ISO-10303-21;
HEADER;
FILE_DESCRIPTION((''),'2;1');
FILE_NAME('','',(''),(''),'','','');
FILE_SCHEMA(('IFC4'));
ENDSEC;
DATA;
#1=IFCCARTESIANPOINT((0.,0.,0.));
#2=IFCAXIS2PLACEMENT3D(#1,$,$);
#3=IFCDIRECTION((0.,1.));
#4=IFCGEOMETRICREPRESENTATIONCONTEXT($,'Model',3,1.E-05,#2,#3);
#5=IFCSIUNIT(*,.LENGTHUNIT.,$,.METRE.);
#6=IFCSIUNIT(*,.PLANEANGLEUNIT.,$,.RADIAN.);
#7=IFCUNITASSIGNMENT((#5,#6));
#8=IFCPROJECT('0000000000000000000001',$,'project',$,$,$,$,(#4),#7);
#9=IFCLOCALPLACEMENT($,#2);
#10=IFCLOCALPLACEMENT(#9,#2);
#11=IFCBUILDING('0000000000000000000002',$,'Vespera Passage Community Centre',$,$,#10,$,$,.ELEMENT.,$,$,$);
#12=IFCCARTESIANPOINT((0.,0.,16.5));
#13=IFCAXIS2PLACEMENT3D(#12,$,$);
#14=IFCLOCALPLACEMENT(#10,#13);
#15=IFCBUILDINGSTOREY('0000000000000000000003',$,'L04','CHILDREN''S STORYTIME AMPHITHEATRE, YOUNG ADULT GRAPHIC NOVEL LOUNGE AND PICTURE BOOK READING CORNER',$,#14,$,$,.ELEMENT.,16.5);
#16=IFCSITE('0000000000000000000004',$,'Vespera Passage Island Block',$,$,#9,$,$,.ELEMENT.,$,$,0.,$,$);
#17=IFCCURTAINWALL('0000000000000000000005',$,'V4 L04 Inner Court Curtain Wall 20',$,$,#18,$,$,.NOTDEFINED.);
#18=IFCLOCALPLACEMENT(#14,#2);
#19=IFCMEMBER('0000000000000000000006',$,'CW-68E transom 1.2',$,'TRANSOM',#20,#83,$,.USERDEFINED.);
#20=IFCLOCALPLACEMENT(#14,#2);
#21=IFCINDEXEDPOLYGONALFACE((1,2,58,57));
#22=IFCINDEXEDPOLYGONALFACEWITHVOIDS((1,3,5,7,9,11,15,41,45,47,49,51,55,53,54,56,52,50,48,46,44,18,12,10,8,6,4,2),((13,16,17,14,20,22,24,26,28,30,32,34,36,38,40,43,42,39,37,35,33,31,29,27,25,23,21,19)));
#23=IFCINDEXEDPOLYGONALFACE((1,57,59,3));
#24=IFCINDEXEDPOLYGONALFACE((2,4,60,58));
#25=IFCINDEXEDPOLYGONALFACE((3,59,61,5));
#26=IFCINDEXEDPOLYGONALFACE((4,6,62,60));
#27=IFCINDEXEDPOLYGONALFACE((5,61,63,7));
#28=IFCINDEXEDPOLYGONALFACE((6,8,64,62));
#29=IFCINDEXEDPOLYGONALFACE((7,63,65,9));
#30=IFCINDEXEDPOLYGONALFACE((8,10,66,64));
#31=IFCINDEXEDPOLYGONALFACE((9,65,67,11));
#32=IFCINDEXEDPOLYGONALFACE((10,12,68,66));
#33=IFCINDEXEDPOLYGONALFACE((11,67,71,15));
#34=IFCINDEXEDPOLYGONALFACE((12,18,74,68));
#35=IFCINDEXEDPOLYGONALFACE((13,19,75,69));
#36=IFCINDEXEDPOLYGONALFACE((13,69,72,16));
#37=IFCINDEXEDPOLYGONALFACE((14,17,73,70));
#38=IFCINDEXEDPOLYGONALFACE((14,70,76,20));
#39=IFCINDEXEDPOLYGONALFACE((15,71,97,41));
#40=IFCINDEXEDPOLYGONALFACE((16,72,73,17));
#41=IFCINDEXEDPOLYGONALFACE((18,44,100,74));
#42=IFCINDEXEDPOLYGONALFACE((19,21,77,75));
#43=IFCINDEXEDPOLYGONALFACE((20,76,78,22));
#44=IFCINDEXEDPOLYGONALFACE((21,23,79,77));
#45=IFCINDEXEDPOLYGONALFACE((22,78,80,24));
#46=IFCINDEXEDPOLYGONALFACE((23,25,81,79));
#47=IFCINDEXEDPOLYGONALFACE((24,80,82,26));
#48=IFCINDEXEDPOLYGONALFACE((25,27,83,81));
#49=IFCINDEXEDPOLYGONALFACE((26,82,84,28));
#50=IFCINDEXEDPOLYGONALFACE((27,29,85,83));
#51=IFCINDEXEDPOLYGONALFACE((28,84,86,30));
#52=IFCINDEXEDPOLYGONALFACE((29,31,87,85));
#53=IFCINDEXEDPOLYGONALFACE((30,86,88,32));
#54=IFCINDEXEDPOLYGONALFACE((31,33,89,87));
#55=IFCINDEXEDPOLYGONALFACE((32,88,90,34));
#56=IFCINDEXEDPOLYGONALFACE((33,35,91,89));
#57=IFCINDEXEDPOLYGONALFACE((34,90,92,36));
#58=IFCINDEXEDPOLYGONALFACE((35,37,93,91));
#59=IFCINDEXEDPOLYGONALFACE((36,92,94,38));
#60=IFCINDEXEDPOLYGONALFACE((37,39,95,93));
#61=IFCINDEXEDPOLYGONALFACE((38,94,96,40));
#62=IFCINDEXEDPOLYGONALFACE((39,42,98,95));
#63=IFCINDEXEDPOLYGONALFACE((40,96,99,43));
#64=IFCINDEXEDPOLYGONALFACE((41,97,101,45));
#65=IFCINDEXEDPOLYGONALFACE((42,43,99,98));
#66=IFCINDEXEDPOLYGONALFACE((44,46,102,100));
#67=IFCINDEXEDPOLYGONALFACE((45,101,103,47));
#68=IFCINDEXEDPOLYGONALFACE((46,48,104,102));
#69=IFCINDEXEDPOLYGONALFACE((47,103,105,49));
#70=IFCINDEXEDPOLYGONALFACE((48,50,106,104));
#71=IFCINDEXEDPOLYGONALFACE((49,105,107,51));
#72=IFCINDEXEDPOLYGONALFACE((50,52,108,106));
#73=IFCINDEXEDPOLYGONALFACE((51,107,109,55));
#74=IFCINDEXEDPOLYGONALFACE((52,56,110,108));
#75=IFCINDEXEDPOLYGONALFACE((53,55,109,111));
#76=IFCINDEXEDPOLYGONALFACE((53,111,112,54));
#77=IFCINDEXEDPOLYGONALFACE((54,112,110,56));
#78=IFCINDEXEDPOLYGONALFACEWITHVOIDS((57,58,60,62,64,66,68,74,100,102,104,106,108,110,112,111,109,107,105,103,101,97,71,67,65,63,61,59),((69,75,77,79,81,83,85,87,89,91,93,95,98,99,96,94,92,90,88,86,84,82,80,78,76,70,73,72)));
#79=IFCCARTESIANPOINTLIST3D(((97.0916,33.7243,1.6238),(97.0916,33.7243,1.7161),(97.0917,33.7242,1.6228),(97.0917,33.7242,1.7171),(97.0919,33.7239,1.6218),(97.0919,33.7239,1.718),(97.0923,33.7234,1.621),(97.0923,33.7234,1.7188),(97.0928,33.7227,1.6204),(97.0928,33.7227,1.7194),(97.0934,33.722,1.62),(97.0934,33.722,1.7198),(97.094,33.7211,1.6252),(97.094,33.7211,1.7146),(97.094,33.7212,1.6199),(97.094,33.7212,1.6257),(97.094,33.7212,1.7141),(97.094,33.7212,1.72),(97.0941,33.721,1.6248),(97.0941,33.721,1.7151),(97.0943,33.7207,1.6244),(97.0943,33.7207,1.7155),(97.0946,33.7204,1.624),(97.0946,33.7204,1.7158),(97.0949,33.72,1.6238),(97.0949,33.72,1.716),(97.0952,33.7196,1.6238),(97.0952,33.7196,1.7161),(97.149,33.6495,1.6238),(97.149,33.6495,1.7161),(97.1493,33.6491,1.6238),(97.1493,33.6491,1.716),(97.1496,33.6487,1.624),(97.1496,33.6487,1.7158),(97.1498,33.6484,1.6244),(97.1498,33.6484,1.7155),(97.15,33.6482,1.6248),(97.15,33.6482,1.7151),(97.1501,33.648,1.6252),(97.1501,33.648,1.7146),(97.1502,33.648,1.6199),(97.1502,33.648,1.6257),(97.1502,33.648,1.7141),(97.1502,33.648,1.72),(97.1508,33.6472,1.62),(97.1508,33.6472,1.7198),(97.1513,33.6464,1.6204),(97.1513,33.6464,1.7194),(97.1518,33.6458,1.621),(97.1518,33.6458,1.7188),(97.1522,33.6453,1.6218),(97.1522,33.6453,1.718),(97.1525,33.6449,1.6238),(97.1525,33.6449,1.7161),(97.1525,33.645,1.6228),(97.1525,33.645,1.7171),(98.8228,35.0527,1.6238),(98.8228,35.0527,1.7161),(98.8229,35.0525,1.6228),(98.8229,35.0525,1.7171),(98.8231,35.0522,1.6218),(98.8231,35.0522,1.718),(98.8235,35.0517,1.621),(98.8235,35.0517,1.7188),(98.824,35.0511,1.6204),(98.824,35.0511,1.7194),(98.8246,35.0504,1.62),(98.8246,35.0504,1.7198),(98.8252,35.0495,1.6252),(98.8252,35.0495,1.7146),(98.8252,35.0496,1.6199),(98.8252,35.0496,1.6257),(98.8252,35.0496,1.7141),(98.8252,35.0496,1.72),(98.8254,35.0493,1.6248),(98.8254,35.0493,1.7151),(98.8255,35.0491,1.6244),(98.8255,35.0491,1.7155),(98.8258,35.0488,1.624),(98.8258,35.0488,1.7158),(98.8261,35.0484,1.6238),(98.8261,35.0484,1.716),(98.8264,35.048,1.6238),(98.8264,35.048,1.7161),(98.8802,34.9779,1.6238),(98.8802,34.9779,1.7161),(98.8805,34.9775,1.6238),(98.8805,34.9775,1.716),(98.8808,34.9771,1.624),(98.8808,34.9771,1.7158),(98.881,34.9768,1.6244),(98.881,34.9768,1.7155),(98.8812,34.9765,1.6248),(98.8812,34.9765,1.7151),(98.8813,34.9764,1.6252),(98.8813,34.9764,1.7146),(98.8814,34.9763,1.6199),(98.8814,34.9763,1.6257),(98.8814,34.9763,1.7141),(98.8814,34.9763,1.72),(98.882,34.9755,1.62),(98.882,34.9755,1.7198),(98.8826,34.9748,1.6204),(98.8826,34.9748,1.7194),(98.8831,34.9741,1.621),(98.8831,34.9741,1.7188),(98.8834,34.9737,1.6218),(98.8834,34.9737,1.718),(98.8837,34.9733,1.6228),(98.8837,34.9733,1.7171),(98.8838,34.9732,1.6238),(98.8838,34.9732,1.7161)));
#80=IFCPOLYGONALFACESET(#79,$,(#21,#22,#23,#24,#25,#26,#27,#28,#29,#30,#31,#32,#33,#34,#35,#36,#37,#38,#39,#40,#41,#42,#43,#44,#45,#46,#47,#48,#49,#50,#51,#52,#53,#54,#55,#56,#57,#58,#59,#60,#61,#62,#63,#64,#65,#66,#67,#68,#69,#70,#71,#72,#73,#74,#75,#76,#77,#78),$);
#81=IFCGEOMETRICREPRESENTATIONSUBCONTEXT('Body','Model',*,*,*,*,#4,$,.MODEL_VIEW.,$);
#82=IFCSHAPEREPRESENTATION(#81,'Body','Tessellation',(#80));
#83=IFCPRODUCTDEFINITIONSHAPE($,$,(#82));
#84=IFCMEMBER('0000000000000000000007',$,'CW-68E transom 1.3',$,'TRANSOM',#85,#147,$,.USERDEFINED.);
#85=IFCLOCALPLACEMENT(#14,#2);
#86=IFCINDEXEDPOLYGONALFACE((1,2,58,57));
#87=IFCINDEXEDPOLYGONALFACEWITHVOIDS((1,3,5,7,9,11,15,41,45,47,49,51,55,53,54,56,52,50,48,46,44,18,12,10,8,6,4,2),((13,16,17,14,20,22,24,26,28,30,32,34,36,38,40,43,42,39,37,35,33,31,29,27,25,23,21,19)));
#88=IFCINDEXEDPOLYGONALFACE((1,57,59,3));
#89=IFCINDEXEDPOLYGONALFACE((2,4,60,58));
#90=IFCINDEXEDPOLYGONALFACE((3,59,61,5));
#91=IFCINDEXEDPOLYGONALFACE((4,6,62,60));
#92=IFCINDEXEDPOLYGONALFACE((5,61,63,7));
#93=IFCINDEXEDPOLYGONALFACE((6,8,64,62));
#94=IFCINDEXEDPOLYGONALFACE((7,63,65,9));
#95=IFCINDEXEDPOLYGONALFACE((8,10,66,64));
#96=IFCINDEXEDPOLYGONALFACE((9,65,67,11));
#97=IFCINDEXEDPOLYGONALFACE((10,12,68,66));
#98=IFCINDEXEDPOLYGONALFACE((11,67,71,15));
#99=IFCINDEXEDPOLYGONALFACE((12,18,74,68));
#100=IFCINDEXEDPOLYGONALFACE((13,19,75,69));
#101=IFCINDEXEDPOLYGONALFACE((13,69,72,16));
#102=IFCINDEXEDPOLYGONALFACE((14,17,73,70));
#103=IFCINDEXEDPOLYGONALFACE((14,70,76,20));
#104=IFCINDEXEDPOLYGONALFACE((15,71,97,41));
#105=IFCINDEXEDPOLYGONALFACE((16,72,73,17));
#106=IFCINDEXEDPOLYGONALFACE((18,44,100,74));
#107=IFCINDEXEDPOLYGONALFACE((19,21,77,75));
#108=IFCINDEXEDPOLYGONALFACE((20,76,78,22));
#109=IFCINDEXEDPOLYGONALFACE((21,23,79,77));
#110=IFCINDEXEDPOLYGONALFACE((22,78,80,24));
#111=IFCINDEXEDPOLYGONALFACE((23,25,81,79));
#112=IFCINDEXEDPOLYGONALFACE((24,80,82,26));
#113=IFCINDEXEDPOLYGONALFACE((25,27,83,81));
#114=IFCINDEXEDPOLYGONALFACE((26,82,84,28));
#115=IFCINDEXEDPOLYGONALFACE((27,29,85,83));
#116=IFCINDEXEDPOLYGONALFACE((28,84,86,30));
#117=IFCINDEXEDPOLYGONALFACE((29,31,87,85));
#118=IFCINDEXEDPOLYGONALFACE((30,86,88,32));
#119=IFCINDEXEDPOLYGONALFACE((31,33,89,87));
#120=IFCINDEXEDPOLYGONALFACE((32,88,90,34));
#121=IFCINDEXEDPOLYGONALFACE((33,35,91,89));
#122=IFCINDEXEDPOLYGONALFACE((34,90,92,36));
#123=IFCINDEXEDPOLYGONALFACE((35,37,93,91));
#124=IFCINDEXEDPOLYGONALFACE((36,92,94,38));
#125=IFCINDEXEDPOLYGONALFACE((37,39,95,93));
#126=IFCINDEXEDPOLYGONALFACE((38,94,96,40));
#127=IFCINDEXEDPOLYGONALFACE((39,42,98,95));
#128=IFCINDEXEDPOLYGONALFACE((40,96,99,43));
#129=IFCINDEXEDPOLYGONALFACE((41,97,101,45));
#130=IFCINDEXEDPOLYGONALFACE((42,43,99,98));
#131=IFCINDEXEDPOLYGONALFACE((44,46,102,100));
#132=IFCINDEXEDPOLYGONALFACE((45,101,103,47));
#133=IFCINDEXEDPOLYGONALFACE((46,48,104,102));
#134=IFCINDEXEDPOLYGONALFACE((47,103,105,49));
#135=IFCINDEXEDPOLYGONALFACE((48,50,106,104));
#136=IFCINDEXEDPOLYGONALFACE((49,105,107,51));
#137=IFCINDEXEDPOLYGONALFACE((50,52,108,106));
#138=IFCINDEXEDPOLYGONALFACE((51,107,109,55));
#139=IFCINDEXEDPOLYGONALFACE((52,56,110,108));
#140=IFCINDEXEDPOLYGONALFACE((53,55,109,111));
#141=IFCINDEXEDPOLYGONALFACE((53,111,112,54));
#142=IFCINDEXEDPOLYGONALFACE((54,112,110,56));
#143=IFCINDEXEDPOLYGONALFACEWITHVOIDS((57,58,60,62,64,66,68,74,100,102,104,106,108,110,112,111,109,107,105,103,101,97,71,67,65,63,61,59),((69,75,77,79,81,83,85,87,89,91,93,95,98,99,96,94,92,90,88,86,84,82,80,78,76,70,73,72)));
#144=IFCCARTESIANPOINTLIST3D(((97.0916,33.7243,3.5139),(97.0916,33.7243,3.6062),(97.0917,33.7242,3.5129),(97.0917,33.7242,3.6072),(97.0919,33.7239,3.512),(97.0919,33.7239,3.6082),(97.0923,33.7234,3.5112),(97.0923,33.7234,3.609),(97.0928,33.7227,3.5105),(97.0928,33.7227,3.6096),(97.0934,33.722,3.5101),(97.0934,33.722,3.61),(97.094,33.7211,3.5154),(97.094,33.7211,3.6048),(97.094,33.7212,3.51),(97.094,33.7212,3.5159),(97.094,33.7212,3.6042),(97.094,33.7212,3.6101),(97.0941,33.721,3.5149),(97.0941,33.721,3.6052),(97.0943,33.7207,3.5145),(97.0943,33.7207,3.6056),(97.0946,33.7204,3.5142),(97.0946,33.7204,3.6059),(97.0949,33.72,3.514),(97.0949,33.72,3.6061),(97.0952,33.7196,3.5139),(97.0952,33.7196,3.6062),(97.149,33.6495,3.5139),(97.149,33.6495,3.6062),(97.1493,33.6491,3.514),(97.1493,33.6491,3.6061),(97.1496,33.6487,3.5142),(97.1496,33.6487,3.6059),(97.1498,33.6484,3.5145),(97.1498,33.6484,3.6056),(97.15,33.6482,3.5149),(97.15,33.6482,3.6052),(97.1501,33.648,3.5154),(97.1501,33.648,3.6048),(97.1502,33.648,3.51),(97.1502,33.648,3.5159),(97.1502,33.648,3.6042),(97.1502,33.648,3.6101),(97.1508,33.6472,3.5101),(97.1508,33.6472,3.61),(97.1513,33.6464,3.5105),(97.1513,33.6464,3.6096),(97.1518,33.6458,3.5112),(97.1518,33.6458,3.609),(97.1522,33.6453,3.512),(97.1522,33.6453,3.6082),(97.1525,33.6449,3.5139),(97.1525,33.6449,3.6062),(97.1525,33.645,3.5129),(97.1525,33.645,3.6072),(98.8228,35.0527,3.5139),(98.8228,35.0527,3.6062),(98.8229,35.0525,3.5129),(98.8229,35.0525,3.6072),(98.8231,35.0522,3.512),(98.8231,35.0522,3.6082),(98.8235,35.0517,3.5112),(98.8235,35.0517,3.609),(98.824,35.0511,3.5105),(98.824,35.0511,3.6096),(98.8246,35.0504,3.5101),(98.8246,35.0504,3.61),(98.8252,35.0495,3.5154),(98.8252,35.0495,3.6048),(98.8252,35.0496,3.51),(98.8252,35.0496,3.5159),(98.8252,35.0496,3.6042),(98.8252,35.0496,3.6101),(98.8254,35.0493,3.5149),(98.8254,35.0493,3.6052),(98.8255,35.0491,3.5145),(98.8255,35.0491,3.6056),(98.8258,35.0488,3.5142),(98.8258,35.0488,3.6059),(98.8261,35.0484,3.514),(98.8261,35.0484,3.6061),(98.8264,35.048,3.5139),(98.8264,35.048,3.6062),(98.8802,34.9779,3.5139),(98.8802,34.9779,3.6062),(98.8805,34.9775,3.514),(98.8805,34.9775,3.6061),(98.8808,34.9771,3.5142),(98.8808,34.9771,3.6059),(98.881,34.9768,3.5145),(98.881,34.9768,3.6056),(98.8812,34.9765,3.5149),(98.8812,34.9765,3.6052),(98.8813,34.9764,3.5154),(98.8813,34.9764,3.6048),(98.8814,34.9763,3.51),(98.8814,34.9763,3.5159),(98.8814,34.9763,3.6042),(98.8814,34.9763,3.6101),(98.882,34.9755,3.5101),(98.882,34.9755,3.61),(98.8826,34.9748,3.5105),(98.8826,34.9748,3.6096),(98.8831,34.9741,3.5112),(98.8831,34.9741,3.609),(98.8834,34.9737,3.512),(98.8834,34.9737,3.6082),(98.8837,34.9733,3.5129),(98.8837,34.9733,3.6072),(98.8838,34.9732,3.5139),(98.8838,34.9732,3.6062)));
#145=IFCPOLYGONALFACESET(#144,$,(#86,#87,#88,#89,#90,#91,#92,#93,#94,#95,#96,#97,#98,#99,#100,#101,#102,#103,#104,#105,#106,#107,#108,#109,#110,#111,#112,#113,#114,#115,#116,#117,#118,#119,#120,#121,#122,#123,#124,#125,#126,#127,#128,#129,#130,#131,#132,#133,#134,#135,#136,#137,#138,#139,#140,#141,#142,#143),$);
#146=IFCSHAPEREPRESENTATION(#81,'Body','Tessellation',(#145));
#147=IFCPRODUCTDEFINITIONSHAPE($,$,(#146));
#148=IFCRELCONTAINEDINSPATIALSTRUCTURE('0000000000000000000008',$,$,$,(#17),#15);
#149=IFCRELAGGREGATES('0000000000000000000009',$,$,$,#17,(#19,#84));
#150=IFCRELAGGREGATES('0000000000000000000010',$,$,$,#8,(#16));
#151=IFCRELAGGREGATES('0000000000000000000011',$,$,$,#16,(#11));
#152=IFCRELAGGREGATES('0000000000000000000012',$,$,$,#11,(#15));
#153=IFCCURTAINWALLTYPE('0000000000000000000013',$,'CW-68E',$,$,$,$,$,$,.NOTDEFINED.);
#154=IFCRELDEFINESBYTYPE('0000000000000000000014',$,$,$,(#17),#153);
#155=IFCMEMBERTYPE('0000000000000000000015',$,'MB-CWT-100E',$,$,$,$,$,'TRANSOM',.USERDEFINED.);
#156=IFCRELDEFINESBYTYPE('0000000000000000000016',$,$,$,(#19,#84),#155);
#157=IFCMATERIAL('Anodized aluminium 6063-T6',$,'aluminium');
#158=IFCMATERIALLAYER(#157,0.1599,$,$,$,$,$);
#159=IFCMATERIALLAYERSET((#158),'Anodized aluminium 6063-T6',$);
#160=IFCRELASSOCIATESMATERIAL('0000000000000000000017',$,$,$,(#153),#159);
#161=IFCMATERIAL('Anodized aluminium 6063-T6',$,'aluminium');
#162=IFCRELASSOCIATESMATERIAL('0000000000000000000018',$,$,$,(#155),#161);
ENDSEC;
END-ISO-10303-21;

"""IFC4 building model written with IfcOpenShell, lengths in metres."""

from ifc_helpers import new_model, si_unit, direction, frame, origin, origin_2d, place, context, subcontext, project, spatial, hollow_rectangle, extrude, material, layer, layer_set, material_profile, profile_set, type_object, element, aggregate, save


model = new_model("IFC4")

# Units and contexts
model_context = context("Model", 3, precision=1e-05, world=origin(), true_north=direction((0.0, 1.0)))
body_context = subcontext(model_context, "Body", "Model", "MODEL_VIEW")
ifc_project = project(units=[si_unit("LENGTHUNIT", "METRE"), si_unit("PLANEANGLEUNIT", "RADIAN")], contexts=[model_context])

# Site, building, storey
site_placement = place(None, origin())
site = spatial("IfcSite", under=ifc_project, at=site_placement, Name="Vespera Passage Island Block", CompositionType="ELEMENT", RefElevation=0.0)
building_placement = place(site_placement, origin())
building = spatial("IfcBuilding", under=site, at=building_placement, Name="Vespera Passage Community Centre", CompositionType="ELEMENT")
storey_placement = place(building_placement, frame((0.0, 0.0, 16.5)))
storey = spatial("IfcBuildingStorey", under=building, at=storey_placement, Name="L04", Description="CHILDREN'S STORYTIME AMPHITHEATRE, YOUNG ADULT GRAPHIC NOVEL LOUNGE AND PICTURE BOOK READING CORNER", CompositionType="ELEMENT", Elevation=16.5)

# Curtain wall, members
ifc_material_1 = material(Name="Anodized aluminium 6063-T6", Category="aluminium")
ifc_layer_1 = layer(ifc_material_1, 0.1599)
ifc_layer_set_1 = layer_set([ifc_layer_1], Name="Anodized aluminium 6063-T6")
curtain_wall_type = type_object("IfcCurtainWallType", Name="CW-68E", PredefinedType="NOTDEFINED", material=ifc_layer_set_1)
curtain_wall_placement = place(storey_placement, origin())
curtain_wall = element("IfcCurtainWall", 1, at=curtain_wall_placement, inside=storey, type_object=curtain_wall_type, Name="V4 L04 Inner Court Curtain Wall 20", PredefinedType="NOTDEFINED")
ifc_material_2 = material(Name="Anodized aluminium 6063-T6", Category="aluminium")
ifc_material_profile_1 = material_profile(ifc_material_2, hollow_rectangle(XDim=0.1001, YDim=0.1001, WallThickness=0.0039, InnerFilletRadius=0.002, OuterFilletRadius=0.0039, at=origin_2d()), Name="ALU100X100X4")
ifc_profile_set_1 = profile_set([ifc_material_profile_1], Name="Anodized aluminium 6063-T6")
member_type_1 = type_object("IfcMemberType", Name="MB-CWT-100E", ElementType="TRANSOM", PredefinedType="USERDEFINED", material=ifc_profile_set_1)
member_1_placement = place(storey_placement, frame((97.1221, 33.6846, 1.6699), z_axis=(0.79336, 0.608753, 0.0), x_axis=(-0.608753, 0.79336, 0.0)))
member_1 = element("IfcMember", 2, at=member_1_placement, type_object=member_type_1, Name="CW-68E transom 1.2", ObjectType="TRANSOM", PredefinedType="USERDEFINED", context=body_context, shape_type="SweptSolid", body=[
    extrude(hollow_rectangle(XDim=0.1001, YDim=0.1001, WallThickness=0.0039, InnerFilletRadius=0.002, OuterFilletRadius=0.0039, at=origin_2d()), origin(), (0.0, 0.0, 1.0), 2.1821),
])
member_2_placement = place(storey_placement, frame((97.1221, 33.6846, 3.5601), z_axis=(0.79336, 0.608753, 0.0), x_axis=(-0.608753, 0.79336, 0.0)))
member_2 = element("IfcMember", 3, at=member_2_placement, type_object=member_type_1, Name="CW-68E transom 1.3", ObjectType="TRANSOM", PredefinedType="USERDEFINED", context=body_context, shape_type="SweptSolid", body=[
    extrude(hollow_rectangle(XDim=0.1001, YDim=0.1001, WallThickness=0.0039, InnerFilletRadius=0.002, OuterFilletRadius=0.0039, at=origin_2d()), origin(), (0.0, 0.0, 1.0), 2.1821),
])
aggregate(curtain_wall, [member_1, member_2])

save(model, "model.ifc")
